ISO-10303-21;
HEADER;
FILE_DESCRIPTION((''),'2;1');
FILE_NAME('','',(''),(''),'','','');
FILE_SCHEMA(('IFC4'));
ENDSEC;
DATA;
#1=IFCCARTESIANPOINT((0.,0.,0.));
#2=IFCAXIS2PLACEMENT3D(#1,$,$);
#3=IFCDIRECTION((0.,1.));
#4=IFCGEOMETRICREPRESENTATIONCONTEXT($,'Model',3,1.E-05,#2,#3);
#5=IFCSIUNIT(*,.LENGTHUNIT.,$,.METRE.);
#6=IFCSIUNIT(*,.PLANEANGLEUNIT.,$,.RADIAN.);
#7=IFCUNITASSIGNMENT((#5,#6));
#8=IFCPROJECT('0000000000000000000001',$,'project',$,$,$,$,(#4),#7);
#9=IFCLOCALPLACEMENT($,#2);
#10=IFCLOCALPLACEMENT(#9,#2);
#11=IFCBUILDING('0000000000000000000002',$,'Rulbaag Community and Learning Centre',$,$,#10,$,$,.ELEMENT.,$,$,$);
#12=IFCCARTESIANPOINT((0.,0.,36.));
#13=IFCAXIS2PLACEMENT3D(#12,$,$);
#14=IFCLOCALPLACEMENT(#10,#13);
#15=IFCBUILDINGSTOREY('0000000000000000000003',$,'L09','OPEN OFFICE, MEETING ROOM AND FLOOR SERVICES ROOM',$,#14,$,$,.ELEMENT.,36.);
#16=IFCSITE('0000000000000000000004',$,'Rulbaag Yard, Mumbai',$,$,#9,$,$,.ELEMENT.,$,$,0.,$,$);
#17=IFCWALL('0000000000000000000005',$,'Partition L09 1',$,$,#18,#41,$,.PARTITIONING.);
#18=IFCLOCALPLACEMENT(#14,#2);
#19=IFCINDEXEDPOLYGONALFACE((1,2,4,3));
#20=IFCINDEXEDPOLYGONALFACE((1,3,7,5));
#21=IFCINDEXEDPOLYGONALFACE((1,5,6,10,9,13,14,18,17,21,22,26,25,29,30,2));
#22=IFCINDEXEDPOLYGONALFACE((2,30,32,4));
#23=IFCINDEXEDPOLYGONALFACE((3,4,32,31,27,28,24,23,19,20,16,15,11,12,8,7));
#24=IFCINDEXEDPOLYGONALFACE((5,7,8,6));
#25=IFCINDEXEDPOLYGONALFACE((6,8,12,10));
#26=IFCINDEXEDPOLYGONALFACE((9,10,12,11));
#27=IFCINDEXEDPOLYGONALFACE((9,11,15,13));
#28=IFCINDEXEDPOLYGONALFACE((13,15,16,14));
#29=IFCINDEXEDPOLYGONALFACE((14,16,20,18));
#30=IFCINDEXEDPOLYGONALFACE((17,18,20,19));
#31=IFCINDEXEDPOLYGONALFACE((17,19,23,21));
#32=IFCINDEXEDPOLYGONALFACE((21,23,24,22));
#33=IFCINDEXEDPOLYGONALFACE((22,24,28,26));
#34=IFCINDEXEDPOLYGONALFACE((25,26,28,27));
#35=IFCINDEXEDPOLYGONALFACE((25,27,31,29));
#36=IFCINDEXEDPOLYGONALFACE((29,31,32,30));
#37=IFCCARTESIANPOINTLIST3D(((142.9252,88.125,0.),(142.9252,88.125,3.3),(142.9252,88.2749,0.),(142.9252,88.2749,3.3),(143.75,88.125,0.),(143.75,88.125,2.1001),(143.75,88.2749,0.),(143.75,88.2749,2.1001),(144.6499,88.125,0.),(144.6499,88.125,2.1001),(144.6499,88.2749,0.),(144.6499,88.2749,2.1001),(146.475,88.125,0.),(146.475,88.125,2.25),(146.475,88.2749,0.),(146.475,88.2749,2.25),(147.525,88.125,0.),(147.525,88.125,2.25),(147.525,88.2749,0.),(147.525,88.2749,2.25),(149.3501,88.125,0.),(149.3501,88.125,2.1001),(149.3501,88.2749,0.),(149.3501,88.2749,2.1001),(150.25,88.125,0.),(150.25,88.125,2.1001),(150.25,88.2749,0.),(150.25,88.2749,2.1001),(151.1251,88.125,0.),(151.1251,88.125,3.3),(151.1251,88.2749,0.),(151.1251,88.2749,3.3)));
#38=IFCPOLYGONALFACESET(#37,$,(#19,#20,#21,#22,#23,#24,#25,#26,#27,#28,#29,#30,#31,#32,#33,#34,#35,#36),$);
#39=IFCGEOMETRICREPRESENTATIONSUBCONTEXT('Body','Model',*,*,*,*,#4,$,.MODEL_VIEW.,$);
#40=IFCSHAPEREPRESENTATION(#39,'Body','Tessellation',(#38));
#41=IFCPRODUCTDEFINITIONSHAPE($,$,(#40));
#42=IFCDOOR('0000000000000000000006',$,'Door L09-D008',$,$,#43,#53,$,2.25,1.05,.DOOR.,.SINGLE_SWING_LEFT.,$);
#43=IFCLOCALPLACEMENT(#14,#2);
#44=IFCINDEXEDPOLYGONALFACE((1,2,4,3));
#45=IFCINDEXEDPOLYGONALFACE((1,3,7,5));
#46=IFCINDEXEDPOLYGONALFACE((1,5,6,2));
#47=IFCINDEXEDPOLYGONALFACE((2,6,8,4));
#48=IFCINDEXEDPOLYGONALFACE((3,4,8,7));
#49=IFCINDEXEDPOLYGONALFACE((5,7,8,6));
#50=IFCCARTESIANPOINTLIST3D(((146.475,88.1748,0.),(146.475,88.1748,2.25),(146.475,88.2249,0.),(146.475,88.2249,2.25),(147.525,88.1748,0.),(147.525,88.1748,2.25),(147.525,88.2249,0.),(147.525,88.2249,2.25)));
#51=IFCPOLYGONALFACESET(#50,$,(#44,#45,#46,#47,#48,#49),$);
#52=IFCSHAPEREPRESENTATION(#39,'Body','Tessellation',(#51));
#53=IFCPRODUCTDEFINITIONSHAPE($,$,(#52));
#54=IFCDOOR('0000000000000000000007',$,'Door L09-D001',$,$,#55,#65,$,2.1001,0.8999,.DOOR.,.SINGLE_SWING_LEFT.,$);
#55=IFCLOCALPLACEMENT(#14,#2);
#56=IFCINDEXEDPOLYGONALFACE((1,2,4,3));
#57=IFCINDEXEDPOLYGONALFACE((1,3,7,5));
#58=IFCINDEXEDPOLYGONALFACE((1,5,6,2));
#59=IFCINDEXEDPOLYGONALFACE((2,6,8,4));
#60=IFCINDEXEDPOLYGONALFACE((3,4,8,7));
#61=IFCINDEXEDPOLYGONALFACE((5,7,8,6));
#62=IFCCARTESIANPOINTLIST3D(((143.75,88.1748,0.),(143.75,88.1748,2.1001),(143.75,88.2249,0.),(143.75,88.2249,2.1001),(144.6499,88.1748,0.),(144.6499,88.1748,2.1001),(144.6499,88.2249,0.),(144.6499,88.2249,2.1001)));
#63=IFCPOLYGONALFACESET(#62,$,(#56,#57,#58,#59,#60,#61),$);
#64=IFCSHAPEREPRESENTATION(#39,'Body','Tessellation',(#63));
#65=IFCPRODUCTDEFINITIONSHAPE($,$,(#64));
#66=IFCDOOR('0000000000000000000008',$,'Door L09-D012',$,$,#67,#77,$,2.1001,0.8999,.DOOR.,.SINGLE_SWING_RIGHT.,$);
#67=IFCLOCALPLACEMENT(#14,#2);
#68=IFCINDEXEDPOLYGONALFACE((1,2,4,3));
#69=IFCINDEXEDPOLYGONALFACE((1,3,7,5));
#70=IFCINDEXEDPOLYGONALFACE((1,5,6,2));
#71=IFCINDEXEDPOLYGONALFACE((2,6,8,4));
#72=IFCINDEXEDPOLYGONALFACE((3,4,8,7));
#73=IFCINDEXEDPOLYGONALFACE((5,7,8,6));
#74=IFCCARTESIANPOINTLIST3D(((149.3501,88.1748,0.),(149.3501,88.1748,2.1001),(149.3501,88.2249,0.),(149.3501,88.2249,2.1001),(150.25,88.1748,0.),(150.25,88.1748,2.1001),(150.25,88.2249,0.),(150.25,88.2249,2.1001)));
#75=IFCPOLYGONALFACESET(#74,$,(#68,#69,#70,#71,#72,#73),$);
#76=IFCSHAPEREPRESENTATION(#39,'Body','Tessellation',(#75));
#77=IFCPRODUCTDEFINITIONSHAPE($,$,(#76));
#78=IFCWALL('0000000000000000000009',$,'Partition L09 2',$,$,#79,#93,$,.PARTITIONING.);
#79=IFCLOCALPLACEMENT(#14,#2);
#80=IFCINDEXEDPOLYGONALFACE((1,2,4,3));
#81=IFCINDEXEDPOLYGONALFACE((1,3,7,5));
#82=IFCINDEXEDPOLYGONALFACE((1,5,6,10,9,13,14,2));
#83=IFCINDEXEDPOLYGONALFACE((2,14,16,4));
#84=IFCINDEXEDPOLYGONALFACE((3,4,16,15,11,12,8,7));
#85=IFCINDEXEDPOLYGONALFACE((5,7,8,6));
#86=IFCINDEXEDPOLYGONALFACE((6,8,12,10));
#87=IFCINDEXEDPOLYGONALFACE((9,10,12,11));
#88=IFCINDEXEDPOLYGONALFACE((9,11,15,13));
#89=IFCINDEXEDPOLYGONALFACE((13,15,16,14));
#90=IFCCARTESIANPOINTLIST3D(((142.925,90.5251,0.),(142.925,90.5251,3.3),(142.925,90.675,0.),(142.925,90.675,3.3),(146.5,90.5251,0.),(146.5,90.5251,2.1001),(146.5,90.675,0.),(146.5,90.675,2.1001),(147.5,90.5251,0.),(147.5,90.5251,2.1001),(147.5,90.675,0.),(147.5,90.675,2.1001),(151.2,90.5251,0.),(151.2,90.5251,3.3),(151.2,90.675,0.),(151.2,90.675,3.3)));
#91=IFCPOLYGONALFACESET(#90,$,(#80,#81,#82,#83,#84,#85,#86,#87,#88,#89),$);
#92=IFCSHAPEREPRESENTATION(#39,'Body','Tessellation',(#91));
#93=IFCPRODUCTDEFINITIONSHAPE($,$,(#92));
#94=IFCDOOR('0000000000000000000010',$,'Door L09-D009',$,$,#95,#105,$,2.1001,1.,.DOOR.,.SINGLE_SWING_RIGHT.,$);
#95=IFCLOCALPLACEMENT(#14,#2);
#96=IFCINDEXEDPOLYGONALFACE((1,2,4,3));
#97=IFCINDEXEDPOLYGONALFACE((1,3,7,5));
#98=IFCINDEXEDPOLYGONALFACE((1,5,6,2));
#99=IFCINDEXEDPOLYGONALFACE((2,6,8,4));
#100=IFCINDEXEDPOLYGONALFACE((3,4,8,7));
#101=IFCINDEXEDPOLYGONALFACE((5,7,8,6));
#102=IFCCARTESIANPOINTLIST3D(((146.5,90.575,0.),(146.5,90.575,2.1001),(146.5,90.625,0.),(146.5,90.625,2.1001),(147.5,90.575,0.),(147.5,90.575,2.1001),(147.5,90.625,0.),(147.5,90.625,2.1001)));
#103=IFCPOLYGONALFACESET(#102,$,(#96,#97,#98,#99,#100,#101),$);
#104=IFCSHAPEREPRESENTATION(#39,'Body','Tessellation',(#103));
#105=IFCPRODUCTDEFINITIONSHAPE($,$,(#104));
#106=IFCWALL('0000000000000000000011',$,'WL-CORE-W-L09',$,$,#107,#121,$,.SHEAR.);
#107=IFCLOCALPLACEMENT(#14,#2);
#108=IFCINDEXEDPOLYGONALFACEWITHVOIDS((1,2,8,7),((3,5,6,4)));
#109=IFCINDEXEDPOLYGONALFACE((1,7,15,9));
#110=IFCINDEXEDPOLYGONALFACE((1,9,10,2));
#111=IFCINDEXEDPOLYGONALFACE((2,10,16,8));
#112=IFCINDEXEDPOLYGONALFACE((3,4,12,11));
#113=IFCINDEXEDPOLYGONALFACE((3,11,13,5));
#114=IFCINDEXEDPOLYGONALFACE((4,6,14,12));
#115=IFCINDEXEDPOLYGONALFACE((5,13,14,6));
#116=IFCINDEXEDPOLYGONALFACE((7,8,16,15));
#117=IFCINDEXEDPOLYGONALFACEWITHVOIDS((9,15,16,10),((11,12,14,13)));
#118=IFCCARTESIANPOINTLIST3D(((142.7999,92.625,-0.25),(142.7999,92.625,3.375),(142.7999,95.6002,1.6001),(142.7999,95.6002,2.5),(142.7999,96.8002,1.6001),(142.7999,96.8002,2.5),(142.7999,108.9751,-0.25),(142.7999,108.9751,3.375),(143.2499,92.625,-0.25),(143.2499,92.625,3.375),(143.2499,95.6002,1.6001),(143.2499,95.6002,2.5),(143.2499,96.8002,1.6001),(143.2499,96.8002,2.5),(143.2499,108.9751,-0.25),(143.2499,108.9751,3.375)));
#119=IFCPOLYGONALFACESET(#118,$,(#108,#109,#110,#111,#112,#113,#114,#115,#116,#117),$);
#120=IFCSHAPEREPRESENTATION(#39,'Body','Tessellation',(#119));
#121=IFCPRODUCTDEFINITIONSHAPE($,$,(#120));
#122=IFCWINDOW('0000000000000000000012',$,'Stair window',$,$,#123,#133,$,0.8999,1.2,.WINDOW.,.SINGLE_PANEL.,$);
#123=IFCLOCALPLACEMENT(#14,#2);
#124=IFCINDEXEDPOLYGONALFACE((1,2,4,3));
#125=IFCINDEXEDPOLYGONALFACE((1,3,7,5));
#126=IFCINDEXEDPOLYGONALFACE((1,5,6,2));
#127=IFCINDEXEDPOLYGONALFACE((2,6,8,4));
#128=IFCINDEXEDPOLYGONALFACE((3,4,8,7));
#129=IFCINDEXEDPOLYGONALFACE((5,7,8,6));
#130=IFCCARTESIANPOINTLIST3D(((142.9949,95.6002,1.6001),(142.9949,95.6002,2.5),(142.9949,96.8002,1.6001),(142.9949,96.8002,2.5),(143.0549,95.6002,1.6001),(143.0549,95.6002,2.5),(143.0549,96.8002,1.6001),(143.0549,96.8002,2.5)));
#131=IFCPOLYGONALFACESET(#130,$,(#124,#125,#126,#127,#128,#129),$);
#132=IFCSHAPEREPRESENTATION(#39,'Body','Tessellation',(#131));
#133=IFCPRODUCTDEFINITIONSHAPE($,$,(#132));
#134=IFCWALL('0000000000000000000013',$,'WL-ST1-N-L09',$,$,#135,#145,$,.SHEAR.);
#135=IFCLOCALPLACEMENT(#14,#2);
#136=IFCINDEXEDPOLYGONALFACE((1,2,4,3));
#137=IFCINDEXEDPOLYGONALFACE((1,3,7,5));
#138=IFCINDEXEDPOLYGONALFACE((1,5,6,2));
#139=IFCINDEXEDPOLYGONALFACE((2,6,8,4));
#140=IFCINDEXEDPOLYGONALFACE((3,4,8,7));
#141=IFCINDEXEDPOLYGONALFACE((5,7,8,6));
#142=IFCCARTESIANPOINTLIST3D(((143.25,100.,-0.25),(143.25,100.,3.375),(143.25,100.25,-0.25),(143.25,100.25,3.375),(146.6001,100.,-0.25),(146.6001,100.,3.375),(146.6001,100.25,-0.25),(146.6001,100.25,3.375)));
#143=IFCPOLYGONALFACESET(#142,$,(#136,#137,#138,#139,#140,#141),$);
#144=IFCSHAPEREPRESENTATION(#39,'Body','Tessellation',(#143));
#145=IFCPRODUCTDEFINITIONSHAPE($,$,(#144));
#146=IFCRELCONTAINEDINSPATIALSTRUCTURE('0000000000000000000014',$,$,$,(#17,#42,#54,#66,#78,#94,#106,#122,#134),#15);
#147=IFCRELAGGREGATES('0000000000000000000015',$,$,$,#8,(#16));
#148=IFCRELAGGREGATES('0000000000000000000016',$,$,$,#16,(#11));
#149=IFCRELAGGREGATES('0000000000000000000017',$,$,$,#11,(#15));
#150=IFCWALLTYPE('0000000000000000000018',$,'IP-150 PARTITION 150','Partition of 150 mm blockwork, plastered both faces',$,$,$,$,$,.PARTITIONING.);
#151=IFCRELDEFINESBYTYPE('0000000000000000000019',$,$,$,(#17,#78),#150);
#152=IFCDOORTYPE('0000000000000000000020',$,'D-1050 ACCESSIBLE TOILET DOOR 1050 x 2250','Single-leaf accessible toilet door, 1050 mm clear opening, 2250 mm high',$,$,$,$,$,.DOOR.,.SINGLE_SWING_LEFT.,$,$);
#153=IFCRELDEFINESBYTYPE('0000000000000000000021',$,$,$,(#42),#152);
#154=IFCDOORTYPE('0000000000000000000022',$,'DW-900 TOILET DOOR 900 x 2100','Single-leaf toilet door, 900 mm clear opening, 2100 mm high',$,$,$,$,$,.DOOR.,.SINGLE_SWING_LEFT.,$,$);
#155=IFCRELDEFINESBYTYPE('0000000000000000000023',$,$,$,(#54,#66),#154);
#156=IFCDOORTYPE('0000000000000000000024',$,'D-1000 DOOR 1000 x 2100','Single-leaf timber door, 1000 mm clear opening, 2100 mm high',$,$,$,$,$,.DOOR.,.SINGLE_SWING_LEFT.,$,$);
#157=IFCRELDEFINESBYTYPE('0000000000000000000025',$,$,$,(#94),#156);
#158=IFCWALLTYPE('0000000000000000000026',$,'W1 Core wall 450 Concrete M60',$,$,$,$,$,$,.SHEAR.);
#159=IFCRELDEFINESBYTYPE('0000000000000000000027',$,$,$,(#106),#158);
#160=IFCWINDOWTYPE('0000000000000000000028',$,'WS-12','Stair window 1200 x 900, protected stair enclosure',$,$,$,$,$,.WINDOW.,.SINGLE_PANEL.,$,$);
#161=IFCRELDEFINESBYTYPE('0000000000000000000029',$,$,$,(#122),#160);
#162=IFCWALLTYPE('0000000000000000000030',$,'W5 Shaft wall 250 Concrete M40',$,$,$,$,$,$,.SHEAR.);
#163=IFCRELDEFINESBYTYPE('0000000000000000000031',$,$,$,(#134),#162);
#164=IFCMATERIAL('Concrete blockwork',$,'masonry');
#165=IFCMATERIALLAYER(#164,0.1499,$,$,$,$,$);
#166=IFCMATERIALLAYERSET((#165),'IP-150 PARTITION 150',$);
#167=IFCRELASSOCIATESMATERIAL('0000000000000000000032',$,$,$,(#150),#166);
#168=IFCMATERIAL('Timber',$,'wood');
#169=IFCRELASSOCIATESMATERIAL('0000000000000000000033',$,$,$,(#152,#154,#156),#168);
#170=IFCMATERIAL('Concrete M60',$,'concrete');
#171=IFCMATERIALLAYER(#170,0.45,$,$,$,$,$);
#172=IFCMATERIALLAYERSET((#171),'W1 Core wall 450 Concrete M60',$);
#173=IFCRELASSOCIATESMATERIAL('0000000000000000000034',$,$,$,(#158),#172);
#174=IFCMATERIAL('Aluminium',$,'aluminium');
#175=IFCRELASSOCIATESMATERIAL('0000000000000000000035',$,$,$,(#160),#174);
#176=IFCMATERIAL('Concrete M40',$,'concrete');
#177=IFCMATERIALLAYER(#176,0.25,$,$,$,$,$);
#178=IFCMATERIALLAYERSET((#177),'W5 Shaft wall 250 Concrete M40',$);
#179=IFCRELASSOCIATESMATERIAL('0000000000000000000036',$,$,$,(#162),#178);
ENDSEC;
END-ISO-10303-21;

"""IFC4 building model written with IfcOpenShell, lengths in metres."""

from ifc_helpers import new_model, si_unit, direction, frame, frame_2d, origin, place, context, subcontext, project, spatial, rectangle, extrude, material, layer, layer_set, type_object, element, fill, save


model = new_model("IFC4")

# Units and contexts
model_context = context("Model", 3, precision=1e-05, world=origin(), true_north=direction((0.0, 1.0)))
body_context = subcontext(model_context, "Body", "Model", "MODEL_VIEW")
ifc_project = project(units=[si_unit("LENGTHUNIT", "METRE"), si_unit("PLANEANGLEUNIT", "RADIAN")], contexts=[model_context])

# Site, building, storey
site_placement = place(None, origin())
site = spatial("IfcSite", under=ifc_project, at=site_placement, Name="Rulbaag Yard, Mumbai", CompositionType="ELEMENT", RefElevation=0.0)
building_placement = place(site_placement, origin())
building = spatial("IfcBuilding", under=site, at=building_placement, Name="Rulbaag Community and Learning Centre", CompositionType="ELEMENT")
storey_placement = place(building_placement, frame((0.0, 0.0, 36.0)))
storey = spatial("IfcBuildingStorey", under=building, at=storey_placement, Name="L09", Description="OPEN OFFICE, MEETING ROOM AND FLOOR SERVICES ROOM", CompositionType="ELEMENT", Elevation=36.0)

# Shared definitions
ifc_material_1 = material(Name="Concrete M40", Category="concrete")

# Shared definitions
ifc_material_2 = material(Name="Aluminium", Category="aluminium")

# Wall, openings, doors
ifc_material_3 = material(Name="Concrete blockwork", Category="masonry")
ifc_material_4 = material(Name="Timber", Category="wood")
ifc_layer_1 = layer(ifc_material_3, 0.1499)
ifc_layer_set_1 = layer_set([ifc_layer_1], Name="IP-150 PARTITION 150")
wall_type_1 = type_object("IfcWallType", Name="IP-150 PARTITION 150", Description="Partition of 150 mm blockwork, plastered both faces", PredefinedType="PARTITIONING", material=ifc_layer_set_1)
wall_1_placement = place(storey_placement, frame((142.925, 88.2, 0.0), z_axis=(0.0, 0.0, 1.0), x_axis=(1.0, 0.0, 0.0)))
wall_1 = element("IfcWall", 1, at=wall_1_placement, inside=storey, type_object=wall_type_1, Name="Partition L09 1", PredefinedType="PARTITIONING", context=body_context, shape_type="SweptSolid", body=[
    extrude(rectangle(XDim=8.2, YDim=0.1499, at=frame_2d((4.1001, 0.0))), origin(), (0.0, 0.0, 1.0), 3.3),
])
opening_1_placement = place(wall_1_placement, frame((0.825, 0.0, 0.0)))
opening_1 = element("IfcOpeningElement", 2, at=opening_1_placement, cuts=wall_1, PredefinedType="OPENING", context=body_context, shape_type="SweptSolid", body=[
    extrude(rectangle(XDim=0.8999, YDim=2.1001, at=frame_2d((0.45, 1.05))), frame((0.0, 0.085, 0.0), z_axis=(0.0, -1.0, 0.0), x_axis=(1.0, 0.0, 0.0)), (0.0, 0.0, 1.0), 0.1699),
])
opening_2_placement = place(wall_1_placement, frame((3.55, 0.0, 0.0)))
opening_2 = element("IfcOpeningElement", 3, at=opening_2_placement, cuts=wall_1, PredefinedType="OPENING", context=body_context, shape_type="SweptSolid", body=[
    extrude(rectangle(XDim=1.05, YDim=2.25, at=frame_2d((0.5249, 1.125))), frame((0.0, 0.085, 0.0), z_axis=(0.0, -1.0, 0.0), x_axis=(1.0, 0.0, 0.0)), (0.0, 0.0, 1.0), 0.1699),
])
opening_3_placement = place(wall_1_placement, frame((6.425, 0.0, 0.0)))
opening_3 = element("IfcOpeningElement", 4, at=opening_3_placement, cuts=wall_1, PredefinedType="OPENING", context=body_context, shape_type="SweptSolid", body=[
    extrude(rectangle(XDim=0.8999, YDim=2.1001, at=frame_2d((0.45, 1.05))), frame((0.0, 0.085, 0.0), z_axis=(0.0, -1.0, 0.0), x_axis=(1.0, 0.0, 0.0)), (0.0, 0.0, 1.0), 0.1699),
])
door_type_1 = type_object("IfcDoorType", Name="D-1050 ACCESSIBLE TOILET DOOR 1050 x 2250", Description="Single-leaf accessible toilet door, 1050 mm clear opening, 2250 mm high", OperationType="SINGLE_SWING_LEFT", PredefinedType="DOOR", material=ifc_material_4)
door_1_placement = place(opening_2_placement, origin())
door_1 = element("IfcDoor", 5, at=door_1_placement, inside=storey, type_object=door_type_1, Name="Door L09-D008", OperationType="SINGLE_SWING_LEFT", OverallHeight=2.25, OverallWidth=1.05, PredefinedType="DOOR", context=body_context, shape_type="SweptSolid", body=[
    extrude(rectangle(XDim=1.05, YDim=2.25, at=frame_2d((0.5249, 1.125))), frame((0.0, 0.0249, 0.0), z_axis=(0.0, -1.0, 0.0), x_axis=(1.0, 0.0, 0.0)), (0.0, 0.0, 1.0), 0.05),
])
fill(opening_2, door_1)
door_type_2 = type_object("IfcDoorType", Name="DW-900 TOILET DOOR 900 x 2100", Description="Single-leaf toilet door, 900 mm clear opening, 2100 mm high", OperationType="SINGLE_SWING_LEFT", PredefinedType="DOOR", material=ifc_material_4)
door_2_placement = place(opening_1_placement, origin())
door_2 = element("IfcDoor", 6, at=door_2_placement, inside=storey, type_object=door_type_2, Name="Door L09-D001", OperationType="SINGLE_SWING_LEFT", OverallHeight=2.1001, OverallWidth=0.8999, PredefinedType="DOOR", context=body_context, shape_type="SweptSolid", body=[
    extrude(rectangle(XDim=0.8999, YDim=2.1001, at=frame_2d((0.45, 1.05))), frame((0.0, 0.0249, 0.0), z_axis=(0.0, -1.0, 0.0), x_axis=(1.0, 0.0, 0.0)), (0.0, 0.0, 1.0), 0.05),
])
fill(opening_1, door_2)
door_3_placement = place(opening_3_placement, origin())
door_3 = element("IfcDoor", 7, at=door_3_placement, inside=storey, type_object=door_type_2, Name="Door L09-D012", OperationType="SINGLE_SWING_RIGHT", OverallHeight=2.1001, OverallWidth=0.8999, PredefinedType="DOOR", context=body_context, shape_type="SweptSolid", body=[
    extrude(rectangle(XDim=0.8999, YDim=2.1001, at=frame_2d((0.45, 1.05))), frame((0.0, 0.0249, 0.0), z_axis=(0.0, -1.0, 0.0), x_axis=(1.0, 0.0, 0.0)), (0.0, 0.0, 1.0), 0.05),
])
fill(opening_3, door_3)

# Wall, opening, door
wall_2_placement = place(storey_placement, frame((142.925, 90.6001, 0.0), z_axis=(0.0, 0.0, 1.0), x_axis=(1.0, 0.0, 0.0)))
wall_2 = element("IfcWall", 8, at=wall_2_placement, inside=storey, type_object=wall_type_1, Name="Partition L09 2", PredefinedType="PARTITIONING", context=body_context, shape_type="SweptSolid", body=[
    extrude(rectangle(XDim=8.2749, YDim=0.1499, at=frame_2d((4.1375, 0.0))), origin(), (0.0, 0.0, 1.0), 3.3),
])
opening_4_placement = place(wall_2_placement, frame((3.575, 0.0, 0.0)))
opening_4 = element("IfcOpeningElement", 9, at=opening_4_placement, cuts=wall_2, PredefinedType="OPENING", context=body_context, shape_type="SweptSolid", body=[
    extrude(rectangle(XDim=1.0, YDim=2.1001, at=frame_2d((0.5, 1.05))), frame((0.0, 0.085, 0.0), z_axis=(0.0, -1.0, 0.0), x_axis=(1.0, 0.0, 0.0)), (0.0, 0.0, 1.0), 0.1699),
])
door_type_3 = type_object("IfcDoorType", Name="D-1000 DOOR 1000 x 2100", Description="Single-leaf timber door, 1000 mm clear opening, 2100 mm high", OperationType="SINGLE_SWING_LEFT", PredefinedType="DOOR", material=ifc_material_4)
door_4_placement = place(opening_4_placement, origin())
door_4 = element("IfcDoor", 10, at=door_4_placement, inside=storey, type_object=door_type_3, Name="Door L09-D009", OperationType="SINGLE_SWING_RIGHT", OverallHeight=2.1001, OverallWidth=1.0, PredefinedType="DOOR", context=body_context, shape_type="SweptSolid", body=[
    extrude(rectangle(XDim=1.0, YDim=2.1001, at=frame_2d((0.5, 1.05))), frame((0.0, 0.0249, 0.0), z_axis=(0.0, -1.0, 0.0), x_axis=(1.0, 0.0, 0.0)), (0.0, 0.0, 1.0), 0.05),
])
fill(opening_4, door_4)

# Wall, opening, window
ifc_material_5 = material(Name="Concrete M60", Category="concrete")
ifc_layer_2 = layer(ifc_material_5, 0.45)
ifc_layer_set_2 = layer_set([ifc_layer_2], Name="W1 Core wall 450 Concrete M60")
wall_type_2 = type_object("IfcWallType", Name="W1 Core wall 450 Concrete M60", PredefinedType="SHEAR", material=ifc_layer_set_2)
wall_3_placement = place(storey_placement, frame((143.0249, 92.625, -0.25), z_axis=(0.0, 0.0, 1.0), x_axis=(0.0, 1.0, 0.0)))
wall_3 = element("IfcWall", 11, at=wall_3_placement, inside=storey, type_object=wall_type_2, Name="WL-CORE-W-L09", PredefinedType="SHEAR", context=body_context, shape_type="SweptSolid", body=[
    extrude(rectangle(XDim=16.3501, YDim=0.45, at=frame_2d((8.175, 0.0))), origin(), (0.0, 0.0, 1.0), 3.625),
])
opening_5_placement = place(wall_3_placement, frame((2.9751, 0.0, 1.8501)))
opening_5 = element("IfcOpeningElement", 12, at=opening_5_placement, cuts=wall_3, PredefinedType="OPENING", context=body_context, shape_type="SweptSolid", body=[
    extrude(rectangle(XDim=1.2, YDim=0.8999, at=frame_2d((0.6001, 0.45))), frame((0.0, 0.2349, 0.0), z_axis=(0.0, -1.0, 0.0), x_axis=(1.0, 0.0, 0.0)), (0.0, 0.0, 1.0), 0.47),
])
window_type = type_object("IfcWindowType", Name="WS-12", Description="Stair window 1200 x 900, protected stair enclosure", PartitioningType="SINGLE_PANEL", PredefinedType="WINDOW", material=ifc_material_2)
window_placement = place(opening_5_placement, origin())
window = element("IfcWindow", 13, at=window_placement, inside=storey, type_object=window_type, Name="Stair window", OverallHeight=0.8999, OverallWidth=1.2, PartitioningType="SINGLE_PANEL", PredefinedType="WINDOW", context=body_context, shape_type="SweptSolid", body=[
    extrude(rectangle(XDim=1.2, YDim=0.8999, at=frame_2d((0.6001, 0.45))), frame((0.0, 0.03, 0.0), z_axis=(0.0, -1.0, 0.0), x_axis=(1.0, 0.0, 0.0)), (0.0, 0.0, 1.0), 0.0601),
])
fill(opening_5, window)

# Wall
ifc_layer_3 = layer(ifc_material_1, 0.25)
ifc_layer_set_3 = layer_set([ifc_layer_3], Name="W5 Shaft wall 250 Concrete M40")
wall_type_3 = type_object("IfcWallType", Name="W5 Shaft wall 250 Concrete M40", PredefinedType="SHEAR", material=ifc_layer_set_3)
wall_4_placement = place(storey_placement, frame((143.25, 100.125, -0.25), z_axis=(0.0, 0.0, 1.0), x_axis=(1.0, 0.0, 0.0)))
element("IfcWall", 14, at=wall_4_placement, inside=storey, type_object=wall_type_3, Name="WL-ST1-N-L09", PredefinedType="SHEAR", context=body_context, shape_type="SweptSolid", body=[
    extrude(rectangle(XDim=3.3501, YDim=0.25, at=frame_2d((1.675, 0.0))), origin(), (0.0, 0.0, 1.0), 3.625),
])

save(model, "model.ifc")
